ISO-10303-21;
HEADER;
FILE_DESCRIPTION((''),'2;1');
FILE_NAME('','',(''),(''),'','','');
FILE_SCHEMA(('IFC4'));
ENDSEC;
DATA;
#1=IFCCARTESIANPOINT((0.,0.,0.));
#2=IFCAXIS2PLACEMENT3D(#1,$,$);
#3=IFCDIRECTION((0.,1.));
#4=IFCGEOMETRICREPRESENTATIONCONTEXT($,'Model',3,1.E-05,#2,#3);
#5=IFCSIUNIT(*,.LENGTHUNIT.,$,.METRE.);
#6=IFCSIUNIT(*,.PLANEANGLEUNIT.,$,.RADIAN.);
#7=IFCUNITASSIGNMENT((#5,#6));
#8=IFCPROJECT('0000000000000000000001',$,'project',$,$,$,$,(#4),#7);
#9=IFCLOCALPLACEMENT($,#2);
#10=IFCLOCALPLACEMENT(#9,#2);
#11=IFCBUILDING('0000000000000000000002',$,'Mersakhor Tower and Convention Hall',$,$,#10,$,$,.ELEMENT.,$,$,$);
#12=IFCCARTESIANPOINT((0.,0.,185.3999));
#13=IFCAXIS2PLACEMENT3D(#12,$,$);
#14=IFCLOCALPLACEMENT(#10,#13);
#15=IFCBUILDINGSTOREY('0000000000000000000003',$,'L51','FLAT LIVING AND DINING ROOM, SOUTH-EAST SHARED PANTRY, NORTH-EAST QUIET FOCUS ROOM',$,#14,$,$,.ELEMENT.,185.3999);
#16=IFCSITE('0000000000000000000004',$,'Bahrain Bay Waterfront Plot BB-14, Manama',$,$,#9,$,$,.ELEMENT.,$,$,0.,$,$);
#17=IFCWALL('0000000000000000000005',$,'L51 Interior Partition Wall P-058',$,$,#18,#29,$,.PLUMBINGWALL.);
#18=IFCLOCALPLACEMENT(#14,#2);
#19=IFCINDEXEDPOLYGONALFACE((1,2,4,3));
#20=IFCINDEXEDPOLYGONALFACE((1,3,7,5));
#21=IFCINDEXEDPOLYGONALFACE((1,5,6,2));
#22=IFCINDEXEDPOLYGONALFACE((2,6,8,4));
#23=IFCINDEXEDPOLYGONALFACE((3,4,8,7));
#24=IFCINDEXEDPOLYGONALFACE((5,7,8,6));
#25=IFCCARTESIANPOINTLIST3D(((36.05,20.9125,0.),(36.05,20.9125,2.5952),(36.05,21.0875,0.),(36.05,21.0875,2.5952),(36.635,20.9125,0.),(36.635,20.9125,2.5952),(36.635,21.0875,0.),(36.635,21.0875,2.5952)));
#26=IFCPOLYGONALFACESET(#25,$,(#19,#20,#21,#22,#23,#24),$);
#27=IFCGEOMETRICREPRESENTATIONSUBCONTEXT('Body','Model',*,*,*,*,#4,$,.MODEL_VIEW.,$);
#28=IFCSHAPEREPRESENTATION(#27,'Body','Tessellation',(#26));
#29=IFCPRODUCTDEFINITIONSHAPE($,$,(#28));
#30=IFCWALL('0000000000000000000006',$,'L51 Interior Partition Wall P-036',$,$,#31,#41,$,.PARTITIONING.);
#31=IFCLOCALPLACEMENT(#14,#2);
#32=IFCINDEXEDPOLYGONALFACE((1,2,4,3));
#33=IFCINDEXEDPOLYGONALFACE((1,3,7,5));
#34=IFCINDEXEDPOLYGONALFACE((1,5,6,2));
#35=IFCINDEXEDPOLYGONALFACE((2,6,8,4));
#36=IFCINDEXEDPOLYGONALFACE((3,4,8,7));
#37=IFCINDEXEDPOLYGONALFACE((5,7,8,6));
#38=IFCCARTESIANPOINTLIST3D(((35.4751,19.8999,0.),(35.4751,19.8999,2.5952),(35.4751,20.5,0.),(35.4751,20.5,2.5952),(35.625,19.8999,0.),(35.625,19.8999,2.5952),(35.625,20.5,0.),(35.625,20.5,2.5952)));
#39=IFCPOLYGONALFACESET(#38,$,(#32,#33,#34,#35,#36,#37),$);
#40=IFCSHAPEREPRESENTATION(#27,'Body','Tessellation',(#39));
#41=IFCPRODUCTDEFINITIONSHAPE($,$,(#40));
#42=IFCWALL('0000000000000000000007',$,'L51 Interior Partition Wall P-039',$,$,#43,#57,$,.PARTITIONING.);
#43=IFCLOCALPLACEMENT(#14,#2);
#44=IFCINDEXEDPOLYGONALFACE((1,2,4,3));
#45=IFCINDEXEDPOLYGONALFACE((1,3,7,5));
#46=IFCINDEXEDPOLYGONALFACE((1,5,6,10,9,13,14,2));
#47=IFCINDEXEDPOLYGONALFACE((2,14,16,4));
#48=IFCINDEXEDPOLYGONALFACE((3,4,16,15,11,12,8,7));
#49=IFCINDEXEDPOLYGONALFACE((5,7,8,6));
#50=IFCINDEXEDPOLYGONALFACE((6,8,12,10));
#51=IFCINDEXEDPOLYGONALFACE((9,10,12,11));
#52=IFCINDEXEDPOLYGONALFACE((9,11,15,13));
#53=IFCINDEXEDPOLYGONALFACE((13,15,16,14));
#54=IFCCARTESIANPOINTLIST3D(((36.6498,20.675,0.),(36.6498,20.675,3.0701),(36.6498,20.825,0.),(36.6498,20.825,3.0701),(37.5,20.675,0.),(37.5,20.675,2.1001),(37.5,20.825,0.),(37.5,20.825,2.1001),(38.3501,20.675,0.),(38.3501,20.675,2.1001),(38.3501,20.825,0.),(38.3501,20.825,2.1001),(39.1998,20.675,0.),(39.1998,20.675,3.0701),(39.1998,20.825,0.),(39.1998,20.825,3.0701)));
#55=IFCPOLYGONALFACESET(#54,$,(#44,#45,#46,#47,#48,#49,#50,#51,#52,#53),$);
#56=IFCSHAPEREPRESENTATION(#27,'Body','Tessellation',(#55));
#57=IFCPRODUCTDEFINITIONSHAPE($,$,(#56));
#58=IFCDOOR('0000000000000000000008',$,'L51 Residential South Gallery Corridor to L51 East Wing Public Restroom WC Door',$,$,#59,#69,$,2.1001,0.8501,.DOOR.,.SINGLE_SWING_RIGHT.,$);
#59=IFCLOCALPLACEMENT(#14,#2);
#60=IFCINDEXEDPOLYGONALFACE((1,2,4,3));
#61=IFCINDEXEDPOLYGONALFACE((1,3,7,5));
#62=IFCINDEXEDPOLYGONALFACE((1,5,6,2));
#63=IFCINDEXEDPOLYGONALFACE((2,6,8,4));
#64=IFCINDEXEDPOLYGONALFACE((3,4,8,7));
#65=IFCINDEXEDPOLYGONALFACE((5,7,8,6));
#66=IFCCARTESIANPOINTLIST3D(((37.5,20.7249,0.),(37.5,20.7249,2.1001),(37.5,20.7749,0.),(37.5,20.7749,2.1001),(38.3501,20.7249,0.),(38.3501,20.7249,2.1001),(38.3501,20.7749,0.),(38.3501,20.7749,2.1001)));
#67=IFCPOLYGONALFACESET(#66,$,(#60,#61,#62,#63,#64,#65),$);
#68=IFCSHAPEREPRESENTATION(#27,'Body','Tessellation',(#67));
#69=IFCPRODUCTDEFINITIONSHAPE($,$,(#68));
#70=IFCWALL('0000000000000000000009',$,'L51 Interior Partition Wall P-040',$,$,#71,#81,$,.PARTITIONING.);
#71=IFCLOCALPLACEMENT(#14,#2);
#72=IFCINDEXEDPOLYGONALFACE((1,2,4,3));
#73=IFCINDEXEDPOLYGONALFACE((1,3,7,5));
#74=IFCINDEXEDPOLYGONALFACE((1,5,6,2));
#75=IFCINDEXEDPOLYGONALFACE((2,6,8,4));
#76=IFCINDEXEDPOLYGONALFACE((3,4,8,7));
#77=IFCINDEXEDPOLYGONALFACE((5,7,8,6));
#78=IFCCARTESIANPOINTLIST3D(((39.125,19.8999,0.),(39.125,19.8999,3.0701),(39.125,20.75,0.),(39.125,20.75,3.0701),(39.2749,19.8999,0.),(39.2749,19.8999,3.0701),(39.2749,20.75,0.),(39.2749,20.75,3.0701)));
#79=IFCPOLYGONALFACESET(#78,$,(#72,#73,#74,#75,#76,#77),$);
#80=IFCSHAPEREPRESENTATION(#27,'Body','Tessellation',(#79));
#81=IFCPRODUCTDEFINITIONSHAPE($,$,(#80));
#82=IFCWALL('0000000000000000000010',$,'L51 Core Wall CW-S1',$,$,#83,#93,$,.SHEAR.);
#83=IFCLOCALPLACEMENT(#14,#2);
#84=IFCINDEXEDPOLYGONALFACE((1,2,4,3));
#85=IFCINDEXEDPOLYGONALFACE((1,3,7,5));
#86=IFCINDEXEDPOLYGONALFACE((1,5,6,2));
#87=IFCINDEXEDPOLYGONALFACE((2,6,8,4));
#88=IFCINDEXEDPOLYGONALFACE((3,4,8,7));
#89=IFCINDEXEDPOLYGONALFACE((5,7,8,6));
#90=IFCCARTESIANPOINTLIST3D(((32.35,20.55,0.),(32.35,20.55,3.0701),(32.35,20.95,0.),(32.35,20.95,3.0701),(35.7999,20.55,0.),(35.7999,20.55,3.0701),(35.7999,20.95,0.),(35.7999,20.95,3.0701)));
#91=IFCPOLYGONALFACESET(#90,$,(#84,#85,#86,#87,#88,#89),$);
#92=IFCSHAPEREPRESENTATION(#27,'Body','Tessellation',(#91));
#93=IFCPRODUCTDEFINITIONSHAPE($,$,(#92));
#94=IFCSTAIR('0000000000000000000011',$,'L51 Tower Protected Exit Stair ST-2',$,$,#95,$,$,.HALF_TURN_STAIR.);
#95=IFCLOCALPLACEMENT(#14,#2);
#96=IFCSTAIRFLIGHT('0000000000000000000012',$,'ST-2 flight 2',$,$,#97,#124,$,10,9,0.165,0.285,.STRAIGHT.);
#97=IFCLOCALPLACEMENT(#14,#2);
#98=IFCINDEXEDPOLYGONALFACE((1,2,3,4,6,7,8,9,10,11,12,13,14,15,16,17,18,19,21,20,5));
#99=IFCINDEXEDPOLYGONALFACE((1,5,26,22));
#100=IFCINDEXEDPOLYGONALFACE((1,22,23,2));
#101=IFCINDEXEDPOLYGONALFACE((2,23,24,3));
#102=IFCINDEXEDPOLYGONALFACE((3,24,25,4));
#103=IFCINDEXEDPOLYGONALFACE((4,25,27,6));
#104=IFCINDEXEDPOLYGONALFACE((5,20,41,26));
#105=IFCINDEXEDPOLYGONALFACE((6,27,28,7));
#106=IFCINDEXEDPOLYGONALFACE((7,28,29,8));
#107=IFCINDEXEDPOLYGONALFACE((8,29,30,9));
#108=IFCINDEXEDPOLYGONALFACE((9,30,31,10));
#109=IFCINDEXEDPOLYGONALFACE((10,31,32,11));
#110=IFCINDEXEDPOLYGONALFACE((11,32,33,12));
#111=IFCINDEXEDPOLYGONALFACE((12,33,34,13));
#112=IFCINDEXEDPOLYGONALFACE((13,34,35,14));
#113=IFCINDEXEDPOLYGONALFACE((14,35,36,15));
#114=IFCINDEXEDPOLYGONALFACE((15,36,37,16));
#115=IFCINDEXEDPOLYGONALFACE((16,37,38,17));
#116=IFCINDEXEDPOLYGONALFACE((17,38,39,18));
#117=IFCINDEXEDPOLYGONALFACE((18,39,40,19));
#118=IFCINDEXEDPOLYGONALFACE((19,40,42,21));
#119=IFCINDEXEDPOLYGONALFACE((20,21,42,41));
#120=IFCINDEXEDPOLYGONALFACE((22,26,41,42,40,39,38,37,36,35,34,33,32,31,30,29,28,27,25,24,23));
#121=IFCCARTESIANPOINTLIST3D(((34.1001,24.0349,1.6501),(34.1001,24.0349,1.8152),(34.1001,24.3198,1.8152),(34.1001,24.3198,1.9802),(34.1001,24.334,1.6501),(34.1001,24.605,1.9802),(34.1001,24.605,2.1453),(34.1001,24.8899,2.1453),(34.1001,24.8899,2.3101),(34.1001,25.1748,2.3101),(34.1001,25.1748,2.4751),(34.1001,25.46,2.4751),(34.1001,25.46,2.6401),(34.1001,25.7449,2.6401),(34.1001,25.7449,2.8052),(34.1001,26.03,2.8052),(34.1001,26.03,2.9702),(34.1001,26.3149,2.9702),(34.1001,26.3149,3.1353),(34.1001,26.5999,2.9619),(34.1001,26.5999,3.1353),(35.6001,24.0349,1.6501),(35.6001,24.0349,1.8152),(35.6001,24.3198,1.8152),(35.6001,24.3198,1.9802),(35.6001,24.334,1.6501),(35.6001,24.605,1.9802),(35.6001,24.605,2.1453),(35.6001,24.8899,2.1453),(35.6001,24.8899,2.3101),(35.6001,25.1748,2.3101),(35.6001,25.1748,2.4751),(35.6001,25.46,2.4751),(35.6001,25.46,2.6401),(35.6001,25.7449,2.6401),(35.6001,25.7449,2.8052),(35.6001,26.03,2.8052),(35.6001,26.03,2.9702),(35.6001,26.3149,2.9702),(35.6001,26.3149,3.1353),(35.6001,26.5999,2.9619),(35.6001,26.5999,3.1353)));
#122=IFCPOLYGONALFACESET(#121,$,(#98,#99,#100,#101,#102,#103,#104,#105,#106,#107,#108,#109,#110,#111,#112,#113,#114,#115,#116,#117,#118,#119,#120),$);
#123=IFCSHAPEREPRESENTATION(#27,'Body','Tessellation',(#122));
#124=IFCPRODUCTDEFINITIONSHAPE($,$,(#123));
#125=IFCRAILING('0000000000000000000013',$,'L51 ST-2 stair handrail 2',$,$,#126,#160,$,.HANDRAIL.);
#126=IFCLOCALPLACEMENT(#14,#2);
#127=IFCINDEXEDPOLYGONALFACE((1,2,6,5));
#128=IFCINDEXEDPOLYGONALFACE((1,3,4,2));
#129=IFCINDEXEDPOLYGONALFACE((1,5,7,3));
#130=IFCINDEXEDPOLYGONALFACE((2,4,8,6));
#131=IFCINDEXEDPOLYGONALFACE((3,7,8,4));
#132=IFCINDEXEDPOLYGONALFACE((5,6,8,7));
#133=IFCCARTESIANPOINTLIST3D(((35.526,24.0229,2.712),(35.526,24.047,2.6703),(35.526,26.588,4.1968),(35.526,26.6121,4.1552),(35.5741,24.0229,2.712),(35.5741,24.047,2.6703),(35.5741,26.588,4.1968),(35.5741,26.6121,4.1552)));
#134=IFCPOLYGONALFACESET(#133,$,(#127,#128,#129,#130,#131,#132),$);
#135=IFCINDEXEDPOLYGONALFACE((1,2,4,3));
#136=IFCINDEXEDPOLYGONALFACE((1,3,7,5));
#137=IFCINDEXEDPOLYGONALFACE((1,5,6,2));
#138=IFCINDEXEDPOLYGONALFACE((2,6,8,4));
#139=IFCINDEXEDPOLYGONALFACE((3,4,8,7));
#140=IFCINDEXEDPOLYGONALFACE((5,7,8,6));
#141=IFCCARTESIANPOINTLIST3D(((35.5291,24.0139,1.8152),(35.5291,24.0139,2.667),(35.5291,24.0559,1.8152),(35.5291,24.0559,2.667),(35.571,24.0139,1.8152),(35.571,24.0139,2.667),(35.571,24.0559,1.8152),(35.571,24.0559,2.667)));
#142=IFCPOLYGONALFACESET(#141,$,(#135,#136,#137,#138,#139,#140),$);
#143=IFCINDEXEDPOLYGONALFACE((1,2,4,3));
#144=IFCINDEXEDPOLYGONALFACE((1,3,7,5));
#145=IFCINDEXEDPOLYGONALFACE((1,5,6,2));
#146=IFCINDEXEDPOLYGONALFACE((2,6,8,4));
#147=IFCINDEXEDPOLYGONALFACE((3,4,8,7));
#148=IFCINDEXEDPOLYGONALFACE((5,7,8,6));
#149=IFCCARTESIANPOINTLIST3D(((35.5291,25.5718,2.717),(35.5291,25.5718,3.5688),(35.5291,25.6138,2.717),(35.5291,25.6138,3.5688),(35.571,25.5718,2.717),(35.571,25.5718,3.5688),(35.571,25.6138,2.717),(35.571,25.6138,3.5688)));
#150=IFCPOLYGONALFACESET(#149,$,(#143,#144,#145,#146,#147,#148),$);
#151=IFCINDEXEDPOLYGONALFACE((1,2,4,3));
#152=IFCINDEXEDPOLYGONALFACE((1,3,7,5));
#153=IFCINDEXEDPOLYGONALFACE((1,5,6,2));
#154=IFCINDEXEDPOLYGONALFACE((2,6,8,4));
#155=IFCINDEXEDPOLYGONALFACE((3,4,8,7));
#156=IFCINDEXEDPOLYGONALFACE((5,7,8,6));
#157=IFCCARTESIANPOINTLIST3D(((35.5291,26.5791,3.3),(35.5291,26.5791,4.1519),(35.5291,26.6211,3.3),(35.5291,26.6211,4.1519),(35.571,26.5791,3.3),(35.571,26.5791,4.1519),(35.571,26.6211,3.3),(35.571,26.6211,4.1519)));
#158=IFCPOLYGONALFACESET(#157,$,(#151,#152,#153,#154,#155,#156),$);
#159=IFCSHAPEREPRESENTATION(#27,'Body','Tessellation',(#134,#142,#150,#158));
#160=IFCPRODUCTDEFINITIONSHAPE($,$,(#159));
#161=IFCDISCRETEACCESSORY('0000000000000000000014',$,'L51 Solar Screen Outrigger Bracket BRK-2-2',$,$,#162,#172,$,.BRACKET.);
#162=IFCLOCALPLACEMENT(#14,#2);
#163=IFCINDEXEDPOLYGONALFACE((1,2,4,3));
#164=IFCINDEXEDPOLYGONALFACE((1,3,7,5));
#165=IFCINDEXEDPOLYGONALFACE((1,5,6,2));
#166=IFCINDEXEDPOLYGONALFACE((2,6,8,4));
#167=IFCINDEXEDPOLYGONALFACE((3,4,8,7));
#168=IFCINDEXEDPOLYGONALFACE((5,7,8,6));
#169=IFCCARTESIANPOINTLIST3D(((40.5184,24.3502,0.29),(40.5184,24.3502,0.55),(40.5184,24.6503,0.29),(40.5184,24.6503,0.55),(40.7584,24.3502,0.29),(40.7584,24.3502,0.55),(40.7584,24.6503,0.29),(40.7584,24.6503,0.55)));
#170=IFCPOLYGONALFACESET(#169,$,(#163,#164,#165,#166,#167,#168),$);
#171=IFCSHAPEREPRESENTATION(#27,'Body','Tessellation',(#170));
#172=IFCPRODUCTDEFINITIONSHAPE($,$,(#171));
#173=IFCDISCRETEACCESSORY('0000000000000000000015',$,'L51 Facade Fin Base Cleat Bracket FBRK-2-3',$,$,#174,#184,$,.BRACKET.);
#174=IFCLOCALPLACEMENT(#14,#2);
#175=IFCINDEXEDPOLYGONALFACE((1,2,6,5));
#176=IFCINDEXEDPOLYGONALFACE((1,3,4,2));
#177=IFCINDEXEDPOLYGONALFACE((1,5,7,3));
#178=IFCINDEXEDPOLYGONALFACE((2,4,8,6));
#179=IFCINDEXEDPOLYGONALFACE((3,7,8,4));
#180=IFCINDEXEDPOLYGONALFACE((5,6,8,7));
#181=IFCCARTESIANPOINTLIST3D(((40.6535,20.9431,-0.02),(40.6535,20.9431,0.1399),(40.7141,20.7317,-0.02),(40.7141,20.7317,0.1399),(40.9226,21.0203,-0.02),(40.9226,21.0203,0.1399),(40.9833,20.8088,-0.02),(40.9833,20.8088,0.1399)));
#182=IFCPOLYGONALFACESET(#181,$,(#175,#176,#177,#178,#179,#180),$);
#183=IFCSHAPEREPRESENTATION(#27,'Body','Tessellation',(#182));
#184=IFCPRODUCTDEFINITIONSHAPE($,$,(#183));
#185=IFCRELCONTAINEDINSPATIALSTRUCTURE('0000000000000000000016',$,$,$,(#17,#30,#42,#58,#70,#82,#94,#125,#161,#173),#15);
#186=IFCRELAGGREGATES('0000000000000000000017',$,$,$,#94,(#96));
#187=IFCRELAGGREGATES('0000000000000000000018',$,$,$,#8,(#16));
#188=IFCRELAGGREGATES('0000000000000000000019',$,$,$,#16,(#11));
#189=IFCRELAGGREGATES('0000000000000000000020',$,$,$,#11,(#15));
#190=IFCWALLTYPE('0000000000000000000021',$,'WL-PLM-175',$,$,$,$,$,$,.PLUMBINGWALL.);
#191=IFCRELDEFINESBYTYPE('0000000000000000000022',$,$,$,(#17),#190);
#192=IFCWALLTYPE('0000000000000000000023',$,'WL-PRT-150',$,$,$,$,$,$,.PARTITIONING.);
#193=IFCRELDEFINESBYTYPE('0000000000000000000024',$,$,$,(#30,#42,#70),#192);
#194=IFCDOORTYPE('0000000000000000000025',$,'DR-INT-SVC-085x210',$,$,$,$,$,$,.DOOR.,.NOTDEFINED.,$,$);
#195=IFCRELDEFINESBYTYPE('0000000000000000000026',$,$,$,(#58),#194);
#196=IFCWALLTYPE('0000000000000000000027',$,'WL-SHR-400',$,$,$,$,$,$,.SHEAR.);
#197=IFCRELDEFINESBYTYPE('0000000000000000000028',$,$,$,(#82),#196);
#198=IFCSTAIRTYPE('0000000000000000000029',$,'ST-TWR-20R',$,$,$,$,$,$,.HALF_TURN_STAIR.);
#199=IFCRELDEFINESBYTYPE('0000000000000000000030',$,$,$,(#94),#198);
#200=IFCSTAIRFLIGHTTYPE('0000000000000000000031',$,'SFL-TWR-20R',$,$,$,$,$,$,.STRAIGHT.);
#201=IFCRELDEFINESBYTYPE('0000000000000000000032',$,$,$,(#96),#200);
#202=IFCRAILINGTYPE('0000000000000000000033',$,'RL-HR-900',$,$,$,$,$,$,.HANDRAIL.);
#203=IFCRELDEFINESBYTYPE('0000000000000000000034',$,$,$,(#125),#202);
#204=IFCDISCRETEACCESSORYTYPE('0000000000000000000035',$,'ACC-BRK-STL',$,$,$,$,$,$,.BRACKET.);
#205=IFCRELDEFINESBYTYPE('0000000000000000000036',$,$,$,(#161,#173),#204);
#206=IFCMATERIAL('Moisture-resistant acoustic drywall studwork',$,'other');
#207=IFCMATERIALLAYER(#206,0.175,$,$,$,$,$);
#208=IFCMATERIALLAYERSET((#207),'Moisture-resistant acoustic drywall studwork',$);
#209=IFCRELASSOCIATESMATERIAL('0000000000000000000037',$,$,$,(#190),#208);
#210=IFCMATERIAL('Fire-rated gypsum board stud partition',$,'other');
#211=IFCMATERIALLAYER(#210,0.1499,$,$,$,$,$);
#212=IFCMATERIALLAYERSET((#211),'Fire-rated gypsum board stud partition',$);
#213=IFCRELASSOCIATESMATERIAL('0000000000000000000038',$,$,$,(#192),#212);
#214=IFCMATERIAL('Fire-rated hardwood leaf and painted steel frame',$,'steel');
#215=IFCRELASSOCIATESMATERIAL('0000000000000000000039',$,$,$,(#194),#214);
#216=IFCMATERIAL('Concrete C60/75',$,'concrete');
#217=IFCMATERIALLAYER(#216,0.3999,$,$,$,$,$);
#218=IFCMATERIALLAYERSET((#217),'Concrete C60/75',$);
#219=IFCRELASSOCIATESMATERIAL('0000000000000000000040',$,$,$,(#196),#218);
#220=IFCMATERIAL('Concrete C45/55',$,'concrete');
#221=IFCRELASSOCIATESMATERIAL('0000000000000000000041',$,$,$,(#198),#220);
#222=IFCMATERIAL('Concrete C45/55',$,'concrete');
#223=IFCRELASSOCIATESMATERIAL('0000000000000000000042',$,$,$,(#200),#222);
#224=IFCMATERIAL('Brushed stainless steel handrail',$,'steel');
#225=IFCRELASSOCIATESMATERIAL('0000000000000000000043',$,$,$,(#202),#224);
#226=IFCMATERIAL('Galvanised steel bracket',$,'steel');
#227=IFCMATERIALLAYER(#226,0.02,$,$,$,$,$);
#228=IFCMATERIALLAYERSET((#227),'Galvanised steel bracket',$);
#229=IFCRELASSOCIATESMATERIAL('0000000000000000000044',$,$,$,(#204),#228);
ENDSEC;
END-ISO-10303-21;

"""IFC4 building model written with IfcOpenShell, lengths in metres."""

from ifc_helpers import new_model, si_unit, direction, frame, frame_2d, origin, origin_2d, place, context, subcontext, project, spatial, polyline, rectangle, outline, extrude, material, layer, layer_set, type_object, element, fill, aggregate, save


model = new_model("IFC4")

# Units and contexts
model_context = context("Model", 3, precision=1e-05, world=origin(), true_north=direction((0.0, 1.0)))
body_context = subcontext(model_context, "Body", "Model", "MODEL_VIEW")
ifc_project = project(units=[si_unit("LENGTHUNIT", "METRE"), si_unit("PLANEANGLEUNIT", "RADIAN")], contexts=[model_context])

# Site, building, storey
site_placement = place(None, origin())
site = spatial("IfcSite", under=ifc_project, at=site_placement, Name="Bahrain Bay Waterfront Plot BB-14, Manama", CompositionType="ELEMENT", RefElevation=0.0)
building_placement = place(site_placement, origin())
building = spatial("IfcBuilding", under=site, at=building_placement, Name="Mersakhor Tower and Convention Hall", CompositionType="ELEMENT")
storey_placement = place(building_placement, frame((0.0, 0.0, 185.3999)))
storey = spatial("IfcBuildingStorey", under=building, at=storey_placement, Name="L51", Description="FLAT LIVING AND DINING ROOM, SOUTH-EAST SHARED PANTRY, NORTH-EAST QUIET FOCUS ROOM", CompositionType="ELEMENT", Elevation=185.3999)

# Walls
ifc_material_1 = material(Name="Moisture-resistant acoustic drywall studwork", Category="other")
ifc_layer_1 = layer(ifc_material_1, 0.175)
ifc_layer_set_1 = layer_set([ifc_layer_1], Name="Moisture-resistant acoustic drywall studwork")
wall_type_1 = type_object("IfcWallType", Name="WL-PLM-175", PredefinedType="PLUMBINGWALL", material=ifc_layer_set_1)
wall_1_placement = place(storey_placement, frame((36.635, 21.0, 0.0), z_axis=(0.0, 0.0, 1.0), x_axis=(-1.0, 0.0, 0.0)))
element("IfcWall", 1, at=wall_1_placement, inside=storey, type_object=wall_type_1, Name="L51 Interior Partition Wall P-058", PredefinedType="PLUMBINGWALL", context=body_context, shape_type="SweptSolid", body=[
    extrude(rectangle(XDim=0.585, YDim=0.175, at=frame_2d((0.2925, 0.0))), origin(), (0.0, 0.0, 1.0), 2.5952),
])
ifc_material_2 = material(Name="Fire-rated gypsum board stud partition", Category="other")
ifc_layer_2 = layer(ifc_material_2, 0.1499)
ifc_layer_set_2 = layer_set([ifc_layer_2], Name="Fire-rated gypsum board stud partition")
wall_type_2 = type_object("IfcWallType", Name="WL-PRT-150", PredefinedType="PARTITIONING", material=ifc_layer_set_2)
wall_2_placement = place(storey_placement, frame((35.55, 20.5, 0.0), z_axis=(0.0, 0.0, 1.0), x_axis=(0.0, -1.0, 0.0)))
element("IfcWall", 2, at=wall_2_placement, inside=storey, type_object=wall_type_2, Name="L51 Interior Partition Wall P-036", PredefinedType="PARTITIONING", context=body_context, shape_type="SweptSolid", body=[
    extrude(rectangle(XDim=0.6001, YDim=0.1499, at=frame_2d((0.3, 0.0))), origin(), (0.0, 0.0, 1.0), 2.5952),
])

# Wall, opening, door
wall_3_placement = place(storey_placement, frame((36.6499, 20.75, 0.0), z_axis=(0.0, 0.0, 1.0), x_axis=(1.0, 0.0, 0.0)))
wall_3 = element("IfcWall", 3, at=wall_3_placement, inside=storey, type_object=wall_type_2, Name="L51 Interior Partition Wall P-039", PredefinedType="PARTITIONING", context=body_context, shape_type="SweptSolid", body=[
    extrude(rectangle(XDim=2.55, YDim=0.1499, at=frame_2d((1.2749, 0.0))), origin(), (0.0, 0.0, 1.0), 3.0701),
])
opening_1_placement = place(wall_3_placement, frame((0.8501, 0.0, 0.0)))
opening_1 = element("IfcOpeningElement", 4, at=opening_1_placement, cuts=wall_3, PredefinedType="OPENING", context=body_context, shape_type="SweptSolid", body=[
    extrude(rectangle(XDim=0.8501, YDim=2.1001, at=frame_2d((0.425, 1.05))), frame((0.0, 0.085, 0.0), z_axis=(0.0, -1.0, 0.0), x_axis=(1.0, 0.0, 0.0)), (0.0, 0.0, 1.0), 0.1699),
])
ifc_material_3 = material(Name="Fire-rated hardwood leaf and painted steel frame", Category="steel")
door_type = type_object("IfcDoorType", Name="DR-INT-SVC-085x210", OperationType="NOTDEFINED", PredefinedType="DOOR", material=ifc_material_3)
door_placement = place(opening_1_placement, origin())
door = element("IfcDoor", 5, at=door_placement, inside=storey, type_object=door_type, Name="L51 Residential South Gallery Corridor to L51 East Wing Public Restroom WC Door", OperationType="SINGLE_SWING_RIGHT", OverallHeight=2.1001, OverallWidth=0.8501, PredefinedType="DOOR", context=body_context, shape_type="SweptSolid", body=[
    extrude(rectangle(XDim=0.8501, YDim=2.1001, at=frame_2d((0.425, 1.05))), frame((0.0, 0.0249, 0.0), z_axis=(0.0, -1.0, 0.0), x_axis=(1.0, 0.0, 0.0)), (0.0, 0.0, 1.0), 0.05),
])
fill(opening_1, door)

# Walls
wall_4_placement = place(storey_placement, frame((39.2, 20.75, 0.0), z_axis=(0.0, 0.0, 1.0), x_axis=(0.0, -1.0, 0.0)))
element("IfcWall", 6, at=wall_4_placement, inside=storey, type_object=wall_type_2, Name="L51 Interior Partition Wall P-040", PredefinedType="PARTITIONING", context=body_context, shape_type="SweptSolid", body=[
    extrude(rectangle(XDim=0.8501, YDim=0.1499, at=frame_2d((0.425, 0.0))), origin(), (0.0, 0.0, 1.0), 3.0701),
])
ifc_material_4 = material(Name="Concrete C60/75", Category="concrete")
ifc_layer_3 = layer(ifc_material_4, 0.3999)
ifc_layer_set_3 = layer_set([ifc_layer_3], Name="Concrete C60/75")
wall_type_3 = type_object("IfcWallType", Name="WL-SHR-400", PredefinedType="SHEAR", material=ifc_layer_set_3)
wall_5_placement = place(storey_placement, frame((35.8, 20.75, 0.0), z_axis=(0.0, 0.0, 1.0), x_axis=(-1.0, 0.0, 0.0)))
element("IfcWall", 7, at=wall_5_placement, inside=storey, type_object=wall_type_3, Name="L51 Core Wall CW-S1", PredefinedType="SHEAR", context=body_context, shape_type="SweptSolid", body=[
    extrude(rectangle(XDim=3.45, YDim=0.3999, at=frame_2d((1.7251, 0.0))), origin(), (0.0, 0.0, 1.0), 3.0701),
])

# Stair, stair flight
ifc_material_5 = material(Name="Concrete C45/55", Category="concrete")
stair_type = type_object("IfcStairType", Name="ST-TWR-20R", PredefinedType="HALF_TURN_STAIR", material=ifc_material_5)
stair_placement = place(storey_placement, origin())
stair = element("IfcStair", 8, at=stair_placement, inside=storey, type_object=stair_type, Name="L51 Tower Protected Exit Stair ST-2", PredefinedType="HALF_TURN_STAIR")
ifc_material_6 = material(Name="Concrete C45/55", Category="concrete")
stair_flight_type = type_object("IfcStairFlightType", Name="SFL-TWR-20R", PredefinedType="STRAIGHT", material=ifc_material_6)
stair_flight_placement = place(storey_placement, frame((34.8501, 24.0349, 1.6501), z_axis=(0.0, 0.0, 1.0), x_axis=(0.0, 1.0, 0.0)))
stair_flight = element("IfcStairFlight", 9, at=stair_flight_placement, type_object=stair_flight_type, Name="ST-2 flight 2", NumberOfRisers=10, NumberOfTreads=9, PredefinedType="STRAIGHT", RiserHeight=0.165, TreadLength=0.285, context=body_context, shape_type="SweptSolid", body=[
    extrude(outline(polyline([(0.0, 0.0), (0.0, 0.165), (0.2849, 0.165), (0.2849, 0.3301), (0.5701, 0.3301), (0.5701, 0.4951), (0.855, 0.4951), (0.855, 0.6599), (1.1399, 0.6599), (1.1399, 0.825), (1.425, 0.825), (1.425, 0.99), (1.71, 0.99), (1.71, 1.155), (1.9951, 1.155), (1.9951, 1.3201), (2.28, 1.3201), (2.28, 1.4851), (2.5649, 1.4851), (2.5649, 1.6499), (2.5649, 1.3118), (0.2991, 0.0), (0.0, 0.0)])), frame((0.0, 0.75, 0.0), z_axis=(0.0, -1.0, 0.0), x_axis=(1.0, 0.0, 0.0)), (0.0, 0.0, 1.0), 1.5),
])
aggregate(stair, [stair_flight])

# Railing
ifc_material_7 = material(Name="Brushed stainless steel handrail", Category="steel")
railing_type = type_object("IfcRailingType", Name="RL-HR-900", PredefinedType="HANDRAIL", material=ifc_material_7)
railing_placement = place(storey_placement, frame((35.55, 24.0349, 1.8152)))
element("IfcRailing", 10, at=railing_placement, inside=storey, type_object=railing_type, Name="L51 ST-2 stair handrail 2", PredefinedType="HANDRAIL", context=body_context, shape_type="SweptSolid", body=[
    extrude(rectangle(XDim=0.0481, YDim=0.0481, at=origin_2d()), frame((0.0, 0.0, 0.876), z_axis=(0.0, 0.865462, 0.500975), x_axis=(-1.0, 0.0, 0.0)), (0.0, 0.0, 1.0), 2.9639),
    extrude(rectangle(XDim=0.042, YDim=0.042, at=origin_2d()), origin(), (0.0, 0.0, 1.0), 0.8518),
    extrude(rectangle(XDim=0.042, YDim=0.042, at=origin_2d()), frame((0.0, 1.5579, 0.9019)), (0.0, 0.0, 1.0), 0.8518),
    extrude(rectangle(XDim=0.042, YDim=0.042, at=origin_2d()), frame((0.0, 2.5652, 1.4849)), (0.0, 0.0, 1.0), 0.8518),
])

# Discrete accessories
ifc_material_8 = material(Name="Galvanised steel bracket", Category="steel")
ifc_layer_4 = layer(ifc_material_8, 0.02)
ifc_layer_set_4 = layer_set([ifc_layer_4], Name="Galvanised steel bracket")
discrete_accessory_type = type_object("IfcDiscreteAccessoryType", Name="ACC-BRK-STL", PredefinedType="BRACKET", material=ifc_layer_set_4)
discrete_accessory_1_placement = place(storey_placement, frame((40.6384, 24.5002, 0.29), z_axis=(0.0, 0.0, 1.0), x_axis=(0.0, -1.0, 0.0)))
element("IfcDiscreteAccessory", 11, at=discrete_accessory_1_placement, inside=storey, type_object=discrete_accessory_type, Name="L51 Solar Screen Outrigger Bracket BRK-2-2", PredefinedType="BRACKET", context=body_context, shape_type="SweptSolid", body=[
    extrude(rectangle(XDim=0.3, YDim=0.24, at=origin_2d()), origin(), (0.0, 0.0, 1.0), 0.26),
])
discrete_accessory_2_placement = place(storey_placement, frame((40.8184, 20.876, -0.02), z_axis=(0.0, 0.0, 1.0), x_axis=(0.961262, 0.275637, 0.0)))
element("IfcDiscreteAccessory", 12, at=discrete_accessory_2_placement, inside=storey, type_object=discrete_accessory_type, Name="L51 Facade Fin Base Cleat Bracket FBRK-2-3", PredefinedType="BRACKET", context=body_context, shape_type="SweptSolid", body=[
    extrude(rectangle(XDim=0.28, YDim=0.22, at=origin_2d()), origin(), (0.0, 0.0, 1.0), 0.1599),
])

save(model, "model.ifc")
